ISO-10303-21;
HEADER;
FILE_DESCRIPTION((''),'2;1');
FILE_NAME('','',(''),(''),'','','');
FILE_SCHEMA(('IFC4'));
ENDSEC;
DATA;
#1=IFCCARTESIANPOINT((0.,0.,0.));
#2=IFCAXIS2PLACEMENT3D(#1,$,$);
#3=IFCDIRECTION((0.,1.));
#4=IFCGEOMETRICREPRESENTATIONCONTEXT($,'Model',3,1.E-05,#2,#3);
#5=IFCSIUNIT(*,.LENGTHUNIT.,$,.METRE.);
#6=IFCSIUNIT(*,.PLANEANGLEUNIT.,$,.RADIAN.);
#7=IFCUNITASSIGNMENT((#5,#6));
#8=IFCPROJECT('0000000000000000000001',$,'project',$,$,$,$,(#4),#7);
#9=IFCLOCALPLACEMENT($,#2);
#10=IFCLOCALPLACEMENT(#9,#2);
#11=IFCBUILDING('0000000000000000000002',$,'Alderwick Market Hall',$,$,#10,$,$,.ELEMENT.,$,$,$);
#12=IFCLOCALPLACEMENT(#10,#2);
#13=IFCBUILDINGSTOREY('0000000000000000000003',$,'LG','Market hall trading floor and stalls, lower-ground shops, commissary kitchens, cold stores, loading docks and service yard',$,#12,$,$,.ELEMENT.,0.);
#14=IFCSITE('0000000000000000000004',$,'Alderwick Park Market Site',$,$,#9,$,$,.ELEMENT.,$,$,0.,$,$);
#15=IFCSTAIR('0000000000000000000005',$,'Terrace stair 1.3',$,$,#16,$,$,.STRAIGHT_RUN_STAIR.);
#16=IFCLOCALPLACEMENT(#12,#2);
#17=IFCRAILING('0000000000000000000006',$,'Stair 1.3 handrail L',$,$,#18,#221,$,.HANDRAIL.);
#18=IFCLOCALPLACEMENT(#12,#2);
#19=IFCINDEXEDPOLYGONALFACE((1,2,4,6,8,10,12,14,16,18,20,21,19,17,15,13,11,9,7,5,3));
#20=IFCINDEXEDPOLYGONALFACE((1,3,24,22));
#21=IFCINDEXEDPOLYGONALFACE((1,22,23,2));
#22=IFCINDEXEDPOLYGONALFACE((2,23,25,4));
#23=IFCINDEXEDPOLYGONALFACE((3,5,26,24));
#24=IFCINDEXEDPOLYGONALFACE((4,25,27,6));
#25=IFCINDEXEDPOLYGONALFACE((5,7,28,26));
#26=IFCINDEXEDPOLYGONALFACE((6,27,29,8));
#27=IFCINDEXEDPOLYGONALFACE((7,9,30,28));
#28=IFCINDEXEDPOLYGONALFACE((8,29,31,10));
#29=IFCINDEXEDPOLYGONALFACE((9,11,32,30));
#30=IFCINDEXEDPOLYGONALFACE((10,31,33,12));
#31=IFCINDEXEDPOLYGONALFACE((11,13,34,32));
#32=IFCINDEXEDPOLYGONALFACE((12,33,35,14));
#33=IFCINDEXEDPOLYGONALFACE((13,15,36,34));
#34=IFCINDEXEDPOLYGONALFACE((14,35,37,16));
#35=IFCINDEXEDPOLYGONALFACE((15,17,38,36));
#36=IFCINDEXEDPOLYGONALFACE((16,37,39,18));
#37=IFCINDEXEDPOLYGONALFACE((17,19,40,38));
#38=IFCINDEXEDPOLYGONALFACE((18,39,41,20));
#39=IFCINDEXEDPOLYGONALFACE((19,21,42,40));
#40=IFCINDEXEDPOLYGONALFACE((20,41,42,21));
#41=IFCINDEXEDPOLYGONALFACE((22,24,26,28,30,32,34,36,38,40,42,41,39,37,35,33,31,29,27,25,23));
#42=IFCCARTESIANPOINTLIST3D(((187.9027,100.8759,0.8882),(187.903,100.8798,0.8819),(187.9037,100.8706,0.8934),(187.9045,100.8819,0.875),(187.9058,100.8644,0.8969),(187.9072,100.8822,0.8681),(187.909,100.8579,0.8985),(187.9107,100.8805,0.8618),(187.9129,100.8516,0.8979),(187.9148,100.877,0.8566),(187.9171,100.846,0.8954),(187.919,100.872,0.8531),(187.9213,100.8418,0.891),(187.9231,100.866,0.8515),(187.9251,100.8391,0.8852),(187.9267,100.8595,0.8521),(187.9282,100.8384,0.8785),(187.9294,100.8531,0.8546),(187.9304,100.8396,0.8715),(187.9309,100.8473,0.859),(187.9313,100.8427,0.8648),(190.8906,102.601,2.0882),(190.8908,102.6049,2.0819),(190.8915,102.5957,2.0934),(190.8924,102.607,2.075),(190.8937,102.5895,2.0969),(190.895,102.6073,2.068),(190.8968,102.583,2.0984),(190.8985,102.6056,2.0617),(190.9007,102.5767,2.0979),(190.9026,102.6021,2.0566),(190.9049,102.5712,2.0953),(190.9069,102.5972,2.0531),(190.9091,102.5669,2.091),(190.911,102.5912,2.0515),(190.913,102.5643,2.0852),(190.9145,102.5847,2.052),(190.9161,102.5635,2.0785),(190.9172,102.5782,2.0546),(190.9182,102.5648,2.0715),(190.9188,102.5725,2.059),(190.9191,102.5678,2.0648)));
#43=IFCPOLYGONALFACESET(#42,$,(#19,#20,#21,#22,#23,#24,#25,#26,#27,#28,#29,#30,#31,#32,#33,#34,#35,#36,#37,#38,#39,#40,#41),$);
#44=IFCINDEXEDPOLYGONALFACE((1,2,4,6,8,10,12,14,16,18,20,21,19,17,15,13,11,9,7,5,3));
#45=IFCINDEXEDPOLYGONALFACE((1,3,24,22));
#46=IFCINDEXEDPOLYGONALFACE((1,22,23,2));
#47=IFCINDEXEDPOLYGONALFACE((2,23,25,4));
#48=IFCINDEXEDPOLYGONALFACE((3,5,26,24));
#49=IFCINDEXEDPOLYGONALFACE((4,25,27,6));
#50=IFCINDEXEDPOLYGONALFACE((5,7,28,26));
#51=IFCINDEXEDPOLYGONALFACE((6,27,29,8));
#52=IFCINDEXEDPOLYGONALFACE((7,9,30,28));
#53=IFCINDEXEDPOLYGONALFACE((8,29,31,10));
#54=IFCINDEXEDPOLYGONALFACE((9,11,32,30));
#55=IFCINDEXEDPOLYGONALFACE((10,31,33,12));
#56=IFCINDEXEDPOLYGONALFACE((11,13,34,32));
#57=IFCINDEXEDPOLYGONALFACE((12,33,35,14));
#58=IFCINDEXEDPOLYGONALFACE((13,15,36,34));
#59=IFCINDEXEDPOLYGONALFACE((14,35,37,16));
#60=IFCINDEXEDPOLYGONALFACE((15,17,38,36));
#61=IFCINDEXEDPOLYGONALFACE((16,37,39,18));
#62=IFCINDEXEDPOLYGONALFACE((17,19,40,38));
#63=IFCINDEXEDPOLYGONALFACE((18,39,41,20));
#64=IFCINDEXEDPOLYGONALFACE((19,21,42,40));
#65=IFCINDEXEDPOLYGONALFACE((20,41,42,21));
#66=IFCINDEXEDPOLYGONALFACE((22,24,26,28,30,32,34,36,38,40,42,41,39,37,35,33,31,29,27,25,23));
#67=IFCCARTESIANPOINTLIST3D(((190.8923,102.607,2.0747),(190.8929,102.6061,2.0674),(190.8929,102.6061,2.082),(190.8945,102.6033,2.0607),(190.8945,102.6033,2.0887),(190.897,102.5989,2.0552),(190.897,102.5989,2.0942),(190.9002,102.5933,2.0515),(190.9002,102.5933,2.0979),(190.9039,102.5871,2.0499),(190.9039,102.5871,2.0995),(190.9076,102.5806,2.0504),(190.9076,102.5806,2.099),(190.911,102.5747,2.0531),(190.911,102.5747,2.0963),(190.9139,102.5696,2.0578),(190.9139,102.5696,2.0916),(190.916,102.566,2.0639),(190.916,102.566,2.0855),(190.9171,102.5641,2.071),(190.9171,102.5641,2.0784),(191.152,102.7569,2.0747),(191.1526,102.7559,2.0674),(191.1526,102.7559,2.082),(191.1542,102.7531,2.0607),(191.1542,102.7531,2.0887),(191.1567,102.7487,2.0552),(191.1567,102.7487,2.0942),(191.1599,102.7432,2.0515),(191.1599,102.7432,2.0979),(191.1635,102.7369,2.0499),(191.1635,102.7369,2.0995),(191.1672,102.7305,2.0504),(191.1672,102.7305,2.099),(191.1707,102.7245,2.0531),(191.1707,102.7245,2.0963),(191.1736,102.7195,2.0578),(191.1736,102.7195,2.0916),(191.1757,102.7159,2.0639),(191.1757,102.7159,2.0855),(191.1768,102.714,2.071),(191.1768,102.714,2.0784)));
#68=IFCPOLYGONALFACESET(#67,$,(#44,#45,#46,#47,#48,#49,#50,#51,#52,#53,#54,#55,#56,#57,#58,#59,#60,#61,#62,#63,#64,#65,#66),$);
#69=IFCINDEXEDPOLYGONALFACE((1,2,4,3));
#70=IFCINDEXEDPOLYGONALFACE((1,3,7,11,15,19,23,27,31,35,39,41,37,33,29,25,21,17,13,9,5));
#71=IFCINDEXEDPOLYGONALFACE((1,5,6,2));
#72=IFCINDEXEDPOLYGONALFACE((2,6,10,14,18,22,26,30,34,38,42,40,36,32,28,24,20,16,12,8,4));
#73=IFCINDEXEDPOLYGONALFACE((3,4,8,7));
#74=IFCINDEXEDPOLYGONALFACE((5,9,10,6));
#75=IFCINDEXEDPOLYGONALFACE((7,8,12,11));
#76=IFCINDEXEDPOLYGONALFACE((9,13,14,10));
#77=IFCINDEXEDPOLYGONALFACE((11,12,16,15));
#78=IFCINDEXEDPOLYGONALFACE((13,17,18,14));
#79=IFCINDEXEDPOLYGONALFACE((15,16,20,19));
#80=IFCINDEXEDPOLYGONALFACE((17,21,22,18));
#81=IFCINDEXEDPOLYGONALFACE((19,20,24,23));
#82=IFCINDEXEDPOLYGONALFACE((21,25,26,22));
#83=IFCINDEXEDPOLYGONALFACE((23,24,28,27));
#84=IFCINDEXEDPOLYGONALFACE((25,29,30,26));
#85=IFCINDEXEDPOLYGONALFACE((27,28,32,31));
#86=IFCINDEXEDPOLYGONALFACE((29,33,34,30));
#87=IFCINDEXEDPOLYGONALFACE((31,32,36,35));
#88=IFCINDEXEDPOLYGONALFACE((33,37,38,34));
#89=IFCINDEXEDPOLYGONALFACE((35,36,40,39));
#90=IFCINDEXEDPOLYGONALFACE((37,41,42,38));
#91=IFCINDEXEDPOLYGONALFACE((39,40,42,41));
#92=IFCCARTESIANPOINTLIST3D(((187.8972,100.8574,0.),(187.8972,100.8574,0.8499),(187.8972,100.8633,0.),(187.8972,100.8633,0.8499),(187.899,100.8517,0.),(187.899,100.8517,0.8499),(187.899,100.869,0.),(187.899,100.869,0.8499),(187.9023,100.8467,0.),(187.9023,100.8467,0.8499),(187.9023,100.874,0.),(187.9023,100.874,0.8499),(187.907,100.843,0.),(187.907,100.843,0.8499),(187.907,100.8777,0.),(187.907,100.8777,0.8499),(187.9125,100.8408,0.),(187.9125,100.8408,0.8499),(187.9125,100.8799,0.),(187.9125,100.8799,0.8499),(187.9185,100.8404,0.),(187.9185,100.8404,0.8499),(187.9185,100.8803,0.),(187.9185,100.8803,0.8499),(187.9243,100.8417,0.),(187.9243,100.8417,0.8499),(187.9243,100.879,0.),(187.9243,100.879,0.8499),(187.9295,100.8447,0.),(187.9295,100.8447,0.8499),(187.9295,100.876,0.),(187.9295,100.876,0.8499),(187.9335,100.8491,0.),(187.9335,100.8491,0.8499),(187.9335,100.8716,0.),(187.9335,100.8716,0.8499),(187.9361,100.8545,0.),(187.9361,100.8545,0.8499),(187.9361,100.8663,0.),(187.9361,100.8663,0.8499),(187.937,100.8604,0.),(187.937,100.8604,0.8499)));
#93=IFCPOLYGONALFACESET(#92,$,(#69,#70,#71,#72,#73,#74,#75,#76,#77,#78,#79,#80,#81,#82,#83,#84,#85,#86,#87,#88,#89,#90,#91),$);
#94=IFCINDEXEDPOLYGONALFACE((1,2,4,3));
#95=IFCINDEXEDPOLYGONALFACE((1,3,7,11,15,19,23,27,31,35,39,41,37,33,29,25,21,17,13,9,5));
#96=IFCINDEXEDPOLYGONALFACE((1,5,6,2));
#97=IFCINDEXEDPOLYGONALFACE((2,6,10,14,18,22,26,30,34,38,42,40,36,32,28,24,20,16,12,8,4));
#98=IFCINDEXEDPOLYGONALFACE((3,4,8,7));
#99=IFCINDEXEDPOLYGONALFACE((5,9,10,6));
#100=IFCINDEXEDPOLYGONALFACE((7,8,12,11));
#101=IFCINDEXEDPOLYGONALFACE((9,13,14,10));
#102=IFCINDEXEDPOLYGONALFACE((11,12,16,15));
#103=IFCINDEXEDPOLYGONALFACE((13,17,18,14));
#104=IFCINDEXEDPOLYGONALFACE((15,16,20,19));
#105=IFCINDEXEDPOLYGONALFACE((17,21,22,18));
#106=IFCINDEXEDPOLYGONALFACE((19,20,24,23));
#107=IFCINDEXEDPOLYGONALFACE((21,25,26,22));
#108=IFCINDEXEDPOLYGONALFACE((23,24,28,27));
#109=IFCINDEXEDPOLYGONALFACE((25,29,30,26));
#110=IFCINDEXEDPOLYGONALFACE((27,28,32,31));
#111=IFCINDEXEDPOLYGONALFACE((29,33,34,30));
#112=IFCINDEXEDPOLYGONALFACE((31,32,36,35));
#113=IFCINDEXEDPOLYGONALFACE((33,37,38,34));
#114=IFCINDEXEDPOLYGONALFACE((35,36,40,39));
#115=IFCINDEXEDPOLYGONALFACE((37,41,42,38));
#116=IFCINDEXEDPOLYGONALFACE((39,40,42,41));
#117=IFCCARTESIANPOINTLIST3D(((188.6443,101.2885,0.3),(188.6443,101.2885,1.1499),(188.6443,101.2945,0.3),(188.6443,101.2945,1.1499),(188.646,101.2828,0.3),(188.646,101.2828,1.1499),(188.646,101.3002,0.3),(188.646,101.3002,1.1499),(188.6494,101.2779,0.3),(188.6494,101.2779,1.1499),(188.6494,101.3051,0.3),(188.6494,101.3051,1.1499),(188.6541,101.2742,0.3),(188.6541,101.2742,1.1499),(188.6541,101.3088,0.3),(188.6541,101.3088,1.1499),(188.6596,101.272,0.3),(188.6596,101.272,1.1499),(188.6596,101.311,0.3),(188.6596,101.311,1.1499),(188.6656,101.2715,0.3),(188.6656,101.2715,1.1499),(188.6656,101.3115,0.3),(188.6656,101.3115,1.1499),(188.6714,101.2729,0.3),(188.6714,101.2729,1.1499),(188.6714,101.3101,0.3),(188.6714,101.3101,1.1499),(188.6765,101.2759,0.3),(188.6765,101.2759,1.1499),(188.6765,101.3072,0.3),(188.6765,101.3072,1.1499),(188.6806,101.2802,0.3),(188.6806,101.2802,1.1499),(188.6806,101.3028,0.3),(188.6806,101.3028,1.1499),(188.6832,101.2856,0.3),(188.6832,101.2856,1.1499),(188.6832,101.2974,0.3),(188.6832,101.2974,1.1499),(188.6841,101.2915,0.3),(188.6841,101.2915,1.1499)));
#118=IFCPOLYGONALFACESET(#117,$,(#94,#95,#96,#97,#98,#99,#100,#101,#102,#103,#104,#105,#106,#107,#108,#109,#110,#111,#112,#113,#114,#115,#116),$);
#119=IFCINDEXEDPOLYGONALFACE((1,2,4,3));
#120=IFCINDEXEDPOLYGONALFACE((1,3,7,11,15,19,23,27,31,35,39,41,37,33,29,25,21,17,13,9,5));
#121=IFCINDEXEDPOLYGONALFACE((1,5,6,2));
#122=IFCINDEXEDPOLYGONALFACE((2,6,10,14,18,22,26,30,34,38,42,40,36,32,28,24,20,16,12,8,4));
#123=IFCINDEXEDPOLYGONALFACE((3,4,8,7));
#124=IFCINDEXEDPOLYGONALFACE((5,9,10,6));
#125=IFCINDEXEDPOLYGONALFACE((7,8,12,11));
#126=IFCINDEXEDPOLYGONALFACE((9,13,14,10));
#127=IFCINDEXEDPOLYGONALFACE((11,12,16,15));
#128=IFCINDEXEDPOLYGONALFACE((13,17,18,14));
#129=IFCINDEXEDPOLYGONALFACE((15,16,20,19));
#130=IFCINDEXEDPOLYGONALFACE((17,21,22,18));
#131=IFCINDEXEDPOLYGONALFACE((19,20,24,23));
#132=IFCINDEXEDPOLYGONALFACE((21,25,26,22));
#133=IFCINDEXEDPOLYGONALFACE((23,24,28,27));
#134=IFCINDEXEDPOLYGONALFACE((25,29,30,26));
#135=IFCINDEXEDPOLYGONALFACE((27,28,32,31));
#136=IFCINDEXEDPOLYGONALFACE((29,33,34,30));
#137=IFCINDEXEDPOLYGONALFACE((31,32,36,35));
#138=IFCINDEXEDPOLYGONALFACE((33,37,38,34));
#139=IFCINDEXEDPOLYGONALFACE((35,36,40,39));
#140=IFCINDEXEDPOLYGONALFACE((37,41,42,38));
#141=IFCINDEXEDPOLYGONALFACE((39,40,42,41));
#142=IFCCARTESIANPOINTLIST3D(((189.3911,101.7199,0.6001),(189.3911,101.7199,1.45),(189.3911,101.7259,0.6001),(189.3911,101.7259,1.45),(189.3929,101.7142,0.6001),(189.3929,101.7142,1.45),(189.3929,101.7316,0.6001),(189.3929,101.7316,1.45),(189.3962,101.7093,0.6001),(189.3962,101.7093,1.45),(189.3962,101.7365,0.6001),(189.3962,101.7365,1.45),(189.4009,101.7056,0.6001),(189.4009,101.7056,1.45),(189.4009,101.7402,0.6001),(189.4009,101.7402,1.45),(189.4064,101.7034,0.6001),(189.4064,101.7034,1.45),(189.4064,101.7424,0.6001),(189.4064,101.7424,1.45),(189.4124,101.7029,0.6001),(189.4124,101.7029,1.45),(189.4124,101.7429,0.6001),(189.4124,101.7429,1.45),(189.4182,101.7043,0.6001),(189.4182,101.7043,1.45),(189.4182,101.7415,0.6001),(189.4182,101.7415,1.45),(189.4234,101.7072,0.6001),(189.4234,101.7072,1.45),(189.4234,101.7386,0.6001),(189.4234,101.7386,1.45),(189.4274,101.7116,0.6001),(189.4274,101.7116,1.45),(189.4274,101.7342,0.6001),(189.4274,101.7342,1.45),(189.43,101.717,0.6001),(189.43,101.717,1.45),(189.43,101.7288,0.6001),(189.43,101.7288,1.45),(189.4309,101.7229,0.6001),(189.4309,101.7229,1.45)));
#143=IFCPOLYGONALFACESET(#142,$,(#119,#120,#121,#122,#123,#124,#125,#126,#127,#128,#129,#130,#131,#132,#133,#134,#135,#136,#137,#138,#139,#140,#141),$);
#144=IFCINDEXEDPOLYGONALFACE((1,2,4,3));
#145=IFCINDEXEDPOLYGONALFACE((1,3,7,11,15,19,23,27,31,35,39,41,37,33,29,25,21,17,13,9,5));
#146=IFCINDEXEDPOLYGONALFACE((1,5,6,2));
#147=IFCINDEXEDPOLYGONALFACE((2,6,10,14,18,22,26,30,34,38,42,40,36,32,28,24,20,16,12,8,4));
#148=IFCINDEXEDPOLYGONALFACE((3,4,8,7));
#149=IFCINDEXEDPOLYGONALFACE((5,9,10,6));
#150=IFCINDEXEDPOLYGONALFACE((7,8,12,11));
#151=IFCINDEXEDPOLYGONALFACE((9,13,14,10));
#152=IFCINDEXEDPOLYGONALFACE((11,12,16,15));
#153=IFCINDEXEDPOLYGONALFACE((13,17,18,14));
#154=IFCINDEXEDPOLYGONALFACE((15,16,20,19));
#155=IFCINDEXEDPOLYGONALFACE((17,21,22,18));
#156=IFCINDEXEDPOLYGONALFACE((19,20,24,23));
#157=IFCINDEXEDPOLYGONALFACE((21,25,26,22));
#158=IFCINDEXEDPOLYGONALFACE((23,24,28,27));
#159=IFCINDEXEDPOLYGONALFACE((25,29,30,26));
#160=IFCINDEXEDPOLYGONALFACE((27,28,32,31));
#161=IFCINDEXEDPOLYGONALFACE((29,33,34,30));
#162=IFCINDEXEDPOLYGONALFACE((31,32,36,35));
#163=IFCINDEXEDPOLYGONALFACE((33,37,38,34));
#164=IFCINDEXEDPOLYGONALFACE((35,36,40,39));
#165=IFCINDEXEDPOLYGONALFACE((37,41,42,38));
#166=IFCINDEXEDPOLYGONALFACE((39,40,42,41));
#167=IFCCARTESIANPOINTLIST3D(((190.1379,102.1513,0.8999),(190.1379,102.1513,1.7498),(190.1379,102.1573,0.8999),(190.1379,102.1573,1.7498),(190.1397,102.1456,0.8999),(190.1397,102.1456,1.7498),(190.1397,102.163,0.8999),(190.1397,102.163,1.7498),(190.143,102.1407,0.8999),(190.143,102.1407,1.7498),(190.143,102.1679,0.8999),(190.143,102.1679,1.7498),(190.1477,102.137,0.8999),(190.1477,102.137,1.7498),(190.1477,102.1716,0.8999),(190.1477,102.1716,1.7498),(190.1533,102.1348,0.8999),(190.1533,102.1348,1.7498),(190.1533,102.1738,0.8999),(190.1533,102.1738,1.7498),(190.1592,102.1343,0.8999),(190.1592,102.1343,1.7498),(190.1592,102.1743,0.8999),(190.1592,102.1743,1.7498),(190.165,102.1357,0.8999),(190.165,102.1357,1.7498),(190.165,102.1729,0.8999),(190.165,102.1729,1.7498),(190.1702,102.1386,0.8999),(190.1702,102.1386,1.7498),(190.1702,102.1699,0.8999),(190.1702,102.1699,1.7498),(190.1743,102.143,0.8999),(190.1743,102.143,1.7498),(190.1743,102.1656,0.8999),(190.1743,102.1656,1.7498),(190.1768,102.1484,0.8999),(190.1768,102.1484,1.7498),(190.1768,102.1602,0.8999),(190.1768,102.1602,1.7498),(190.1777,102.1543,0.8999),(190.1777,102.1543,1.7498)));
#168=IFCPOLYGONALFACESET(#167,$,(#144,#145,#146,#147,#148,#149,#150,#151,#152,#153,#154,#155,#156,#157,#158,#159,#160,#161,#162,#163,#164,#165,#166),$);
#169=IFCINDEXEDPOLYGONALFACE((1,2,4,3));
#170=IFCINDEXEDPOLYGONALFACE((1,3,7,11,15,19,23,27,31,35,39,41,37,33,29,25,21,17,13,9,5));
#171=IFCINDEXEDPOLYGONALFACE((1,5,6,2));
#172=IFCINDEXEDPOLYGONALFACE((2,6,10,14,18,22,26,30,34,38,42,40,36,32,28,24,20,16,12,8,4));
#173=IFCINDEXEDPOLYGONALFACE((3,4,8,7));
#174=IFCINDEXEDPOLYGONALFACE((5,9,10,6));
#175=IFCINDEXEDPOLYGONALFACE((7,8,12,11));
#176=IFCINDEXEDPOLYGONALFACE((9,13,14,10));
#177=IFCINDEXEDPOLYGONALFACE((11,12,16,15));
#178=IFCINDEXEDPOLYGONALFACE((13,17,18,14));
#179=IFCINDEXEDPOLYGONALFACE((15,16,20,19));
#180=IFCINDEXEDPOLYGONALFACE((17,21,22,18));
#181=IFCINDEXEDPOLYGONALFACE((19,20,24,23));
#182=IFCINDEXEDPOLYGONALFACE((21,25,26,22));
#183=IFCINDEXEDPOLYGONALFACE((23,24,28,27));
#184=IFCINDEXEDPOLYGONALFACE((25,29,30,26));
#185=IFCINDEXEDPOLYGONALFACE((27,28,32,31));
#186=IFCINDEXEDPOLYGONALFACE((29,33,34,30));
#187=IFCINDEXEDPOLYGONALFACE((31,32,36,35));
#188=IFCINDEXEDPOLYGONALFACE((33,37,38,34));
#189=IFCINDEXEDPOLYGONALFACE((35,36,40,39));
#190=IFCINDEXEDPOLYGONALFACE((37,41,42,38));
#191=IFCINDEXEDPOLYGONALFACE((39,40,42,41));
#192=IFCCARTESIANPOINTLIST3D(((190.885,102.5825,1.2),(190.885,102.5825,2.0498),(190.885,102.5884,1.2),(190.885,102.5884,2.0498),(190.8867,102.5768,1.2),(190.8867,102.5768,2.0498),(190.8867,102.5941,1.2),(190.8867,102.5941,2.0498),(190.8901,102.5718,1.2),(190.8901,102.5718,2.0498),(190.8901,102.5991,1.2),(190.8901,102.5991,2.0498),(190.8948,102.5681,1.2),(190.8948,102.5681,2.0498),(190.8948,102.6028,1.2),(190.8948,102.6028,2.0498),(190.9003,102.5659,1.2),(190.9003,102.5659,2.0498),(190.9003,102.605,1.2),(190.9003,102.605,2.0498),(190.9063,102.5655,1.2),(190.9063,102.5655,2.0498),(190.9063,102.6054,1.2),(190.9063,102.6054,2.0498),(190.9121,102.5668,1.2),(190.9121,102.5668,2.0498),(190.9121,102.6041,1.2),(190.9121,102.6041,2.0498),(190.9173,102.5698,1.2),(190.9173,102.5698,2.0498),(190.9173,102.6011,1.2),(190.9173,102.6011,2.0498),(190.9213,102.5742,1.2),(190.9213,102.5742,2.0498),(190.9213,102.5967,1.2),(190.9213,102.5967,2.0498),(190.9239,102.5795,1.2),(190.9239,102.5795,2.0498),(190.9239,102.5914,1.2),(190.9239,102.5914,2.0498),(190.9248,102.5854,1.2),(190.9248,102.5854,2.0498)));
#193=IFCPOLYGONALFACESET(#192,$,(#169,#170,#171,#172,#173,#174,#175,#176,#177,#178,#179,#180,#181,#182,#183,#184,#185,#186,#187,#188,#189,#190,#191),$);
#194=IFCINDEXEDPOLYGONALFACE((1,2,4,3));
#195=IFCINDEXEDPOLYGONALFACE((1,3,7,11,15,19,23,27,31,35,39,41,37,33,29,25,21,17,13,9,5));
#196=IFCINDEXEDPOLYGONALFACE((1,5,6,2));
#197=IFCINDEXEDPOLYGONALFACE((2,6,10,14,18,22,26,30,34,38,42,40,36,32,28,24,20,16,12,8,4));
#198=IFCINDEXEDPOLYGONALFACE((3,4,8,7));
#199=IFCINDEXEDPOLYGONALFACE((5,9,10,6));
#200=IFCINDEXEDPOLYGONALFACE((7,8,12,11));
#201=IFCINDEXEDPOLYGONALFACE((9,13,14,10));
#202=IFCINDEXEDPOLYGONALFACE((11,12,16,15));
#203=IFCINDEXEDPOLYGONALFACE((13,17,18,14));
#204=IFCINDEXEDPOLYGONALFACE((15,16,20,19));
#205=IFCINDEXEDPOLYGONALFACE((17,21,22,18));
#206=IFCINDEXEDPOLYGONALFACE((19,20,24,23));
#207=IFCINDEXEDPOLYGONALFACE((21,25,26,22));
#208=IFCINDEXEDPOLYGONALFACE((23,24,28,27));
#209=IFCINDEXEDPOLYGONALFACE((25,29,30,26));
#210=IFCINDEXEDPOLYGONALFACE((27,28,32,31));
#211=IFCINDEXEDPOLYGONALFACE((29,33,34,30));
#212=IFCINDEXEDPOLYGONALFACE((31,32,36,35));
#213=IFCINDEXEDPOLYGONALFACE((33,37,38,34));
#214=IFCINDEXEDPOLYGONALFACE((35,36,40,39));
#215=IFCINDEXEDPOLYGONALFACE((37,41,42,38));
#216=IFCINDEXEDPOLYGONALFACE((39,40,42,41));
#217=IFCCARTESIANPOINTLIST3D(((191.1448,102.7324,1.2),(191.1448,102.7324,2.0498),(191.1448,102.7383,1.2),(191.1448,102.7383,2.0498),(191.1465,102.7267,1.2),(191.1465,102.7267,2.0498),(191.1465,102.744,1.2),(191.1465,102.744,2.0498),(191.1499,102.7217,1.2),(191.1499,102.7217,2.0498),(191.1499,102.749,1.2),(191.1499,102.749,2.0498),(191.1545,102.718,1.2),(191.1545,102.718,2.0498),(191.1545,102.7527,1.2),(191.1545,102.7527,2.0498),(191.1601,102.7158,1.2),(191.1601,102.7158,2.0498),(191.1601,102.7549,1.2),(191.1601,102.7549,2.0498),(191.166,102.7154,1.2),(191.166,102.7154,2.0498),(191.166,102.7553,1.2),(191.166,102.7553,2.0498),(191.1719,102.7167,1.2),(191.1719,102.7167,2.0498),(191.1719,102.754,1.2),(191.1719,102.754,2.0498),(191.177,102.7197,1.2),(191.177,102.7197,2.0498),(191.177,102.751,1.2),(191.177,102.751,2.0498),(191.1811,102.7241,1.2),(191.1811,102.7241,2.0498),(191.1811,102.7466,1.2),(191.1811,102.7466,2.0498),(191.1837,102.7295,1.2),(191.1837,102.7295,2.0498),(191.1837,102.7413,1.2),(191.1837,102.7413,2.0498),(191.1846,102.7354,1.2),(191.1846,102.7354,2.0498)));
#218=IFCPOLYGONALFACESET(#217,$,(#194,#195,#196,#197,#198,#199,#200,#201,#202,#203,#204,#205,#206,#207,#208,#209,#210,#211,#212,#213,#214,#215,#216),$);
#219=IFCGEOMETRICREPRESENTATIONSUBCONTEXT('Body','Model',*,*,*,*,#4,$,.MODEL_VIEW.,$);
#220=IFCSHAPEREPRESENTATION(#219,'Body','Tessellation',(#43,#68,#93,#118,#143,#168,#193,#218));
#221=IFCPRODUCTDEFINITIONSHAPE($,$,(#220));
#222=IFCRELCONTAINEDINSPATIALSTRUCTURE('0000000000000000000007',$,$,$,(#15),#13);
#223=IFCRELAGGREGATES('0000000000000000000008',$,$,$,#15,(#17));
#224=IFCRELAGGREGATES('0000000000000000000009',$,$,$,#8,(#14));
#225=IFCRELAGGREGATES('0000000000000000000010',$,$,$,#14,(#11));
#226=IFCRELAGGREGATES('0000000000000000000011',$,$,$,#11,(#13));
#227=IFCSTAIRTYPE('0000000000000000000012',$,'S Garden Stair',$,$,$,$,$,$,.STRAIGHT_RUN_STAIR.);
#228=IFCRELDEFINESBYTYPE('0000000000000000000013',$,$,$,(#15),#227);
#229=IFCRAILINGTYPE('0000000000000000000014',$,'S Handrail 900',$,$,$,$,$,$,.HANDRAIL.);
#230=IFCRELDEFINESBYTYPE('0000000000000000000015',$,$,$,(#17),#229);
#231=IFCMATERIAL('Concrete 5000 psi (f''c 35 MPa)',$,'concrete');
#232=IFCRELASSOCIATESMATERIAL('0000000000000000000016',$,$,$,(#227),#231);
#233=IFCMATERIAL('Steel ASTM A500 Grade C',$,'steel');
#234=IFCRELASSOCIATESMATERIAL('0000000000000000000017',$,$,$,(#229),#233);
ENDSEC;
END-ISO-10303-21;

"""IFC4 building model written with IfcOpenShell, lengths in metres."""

from ifc_helpers import new_model, si_unit, direction, frame, origin, origin_2d, place, context, subcontext, project, spatial, circle, extrude, material, type_object, element, aggregate, save


model = new_model("IFC4")

# Units and contexts
model_context = context("Model", 3, precision=1e-05, world=origin(), true_north=direction((0.0, 1.0)))
body_context = subcontext(model_context, "Body", "Model", "MODEL_VIEW")
ifc_project = project(units=[si_unit("LENGTHUNIT", "METRE"), si_unit("PLANEANGLEUNIT", "RADIAN")], contexts=[model_context])

# Site, building, storey
site_placement = place(None, origin())
site = spatial("IfcSite", under=ifc_project, at=site_placement, Name="Alderwick Park Market Site", CompositionType="ELEMENT", RefElevation=0.0)
building_placement = place(site_placement, origin())
building = spatial("IfcBuilding", under=site, at=building_placement, Name="Alderwick Market Hall", CompositionType="ELEMENT")
storey_placement = place(building_placement, origin())
storey = spatial("IfcBuildingStorey", under=building, at=storey_placement, Name="LG", Description="Market hall trading floor and stalls, lower-ground shops, commissary kitchens, cold stores, loading docks and service yard", CompositionType="ELEMENT", Elevation=0.0)

# Shared definitions
ifc_material_1 = material(Name="Concrete 5000 psi (f'c 35 MPa)", Category="concrete")

# Stair
stair_type = type_object("IfcStairType", Name="S Garden Stair", PredefinedType="STRAIGHT_RUN_STAIR", material=ifc_material_1)
stair_1_placement = place(storey_placement, origin())
stair_1 = element("IfcStair", 1, at=stair_1_placement, inside=storey, type_object=stair_type, Name="Terrace stair 1.3", PredefinedType="STRAIGHT_RUN_STAIR")

# Shared definitions
ifc_material_2 = material(Name="Steel ASTM A500 Grade C", Category="steel")

# Railing
railing_type_1 = type_object("IfcRailingType", Name="S Handrail 900", PredefinedType="HANDRAIL", material=ifc_material_2)
railing_1_placement = place(storey_placement, frame((187.917, 100.8604, 0.0)))
railing_1 = element("IfcRailing", 2, at=railing_1_placement, type_object=railing_type_1, Name="Stair 1.3 handrail L", PredefinedType="HANDRAIL", context=body_context, shape_type="SweptSolid", body=[
    extrude(circle(Radius=0.0249, at=origin_2d()), frame((0.0, 0.0, 0.875), z_axis=(0.817952, 0.472271, 0.328504), x_axis=(-0.500021, 0.866014, 0.0)), (0.0, 0.0, 1.0), 3.6528),
    extrude(circle(Radius=0.0249, at=origin_2d()), frame((2.9878, 1.7251, 2.0747), z_axis=(0.866131, 0.499816, 0.0), x_axis=(-0.499816, 0.866131, 0.0)), (0.0, 0.0, 1.0), 0.2998),
    extrude(circle(Radius=0.02, at=origin_2d()), origin(), (0.0, 0.0, 1.0), 0.8499),
    extrude(circle(Radius=0.02, at=origin_2d()), frame((0.7471, 0.4312, 0.3)), (0.0, 0.0, 1.0), 0.8499),
    extrude(circle(Radius=0.02, at=origin_2d()), frame((1.4939, 0.8625, 0.6001)), (0.0, 0.0, 1.0), 0.8499),
    extrude(circle(Radius=0.02, at=origin_2d()), frame((2.2407, 1.2939, 0.8999)), (0.0, 0.0, 1.0), 0.8499),
    extrude(circle(Radius=0.02, at=origin_2d()), frame((2.9878, 1.7251, 1.2)), (0.0, 0.0, 1.0), 0.8499),
    extrude(circle(Radius=0.02, at=origin_2d()), frame((3.2476, 1.875, 1.2)), (0.0, 0.0, 1.0), 0.8499),
])
aggregate(stair_1, [railing_1])

save(model, "model.ifc")
